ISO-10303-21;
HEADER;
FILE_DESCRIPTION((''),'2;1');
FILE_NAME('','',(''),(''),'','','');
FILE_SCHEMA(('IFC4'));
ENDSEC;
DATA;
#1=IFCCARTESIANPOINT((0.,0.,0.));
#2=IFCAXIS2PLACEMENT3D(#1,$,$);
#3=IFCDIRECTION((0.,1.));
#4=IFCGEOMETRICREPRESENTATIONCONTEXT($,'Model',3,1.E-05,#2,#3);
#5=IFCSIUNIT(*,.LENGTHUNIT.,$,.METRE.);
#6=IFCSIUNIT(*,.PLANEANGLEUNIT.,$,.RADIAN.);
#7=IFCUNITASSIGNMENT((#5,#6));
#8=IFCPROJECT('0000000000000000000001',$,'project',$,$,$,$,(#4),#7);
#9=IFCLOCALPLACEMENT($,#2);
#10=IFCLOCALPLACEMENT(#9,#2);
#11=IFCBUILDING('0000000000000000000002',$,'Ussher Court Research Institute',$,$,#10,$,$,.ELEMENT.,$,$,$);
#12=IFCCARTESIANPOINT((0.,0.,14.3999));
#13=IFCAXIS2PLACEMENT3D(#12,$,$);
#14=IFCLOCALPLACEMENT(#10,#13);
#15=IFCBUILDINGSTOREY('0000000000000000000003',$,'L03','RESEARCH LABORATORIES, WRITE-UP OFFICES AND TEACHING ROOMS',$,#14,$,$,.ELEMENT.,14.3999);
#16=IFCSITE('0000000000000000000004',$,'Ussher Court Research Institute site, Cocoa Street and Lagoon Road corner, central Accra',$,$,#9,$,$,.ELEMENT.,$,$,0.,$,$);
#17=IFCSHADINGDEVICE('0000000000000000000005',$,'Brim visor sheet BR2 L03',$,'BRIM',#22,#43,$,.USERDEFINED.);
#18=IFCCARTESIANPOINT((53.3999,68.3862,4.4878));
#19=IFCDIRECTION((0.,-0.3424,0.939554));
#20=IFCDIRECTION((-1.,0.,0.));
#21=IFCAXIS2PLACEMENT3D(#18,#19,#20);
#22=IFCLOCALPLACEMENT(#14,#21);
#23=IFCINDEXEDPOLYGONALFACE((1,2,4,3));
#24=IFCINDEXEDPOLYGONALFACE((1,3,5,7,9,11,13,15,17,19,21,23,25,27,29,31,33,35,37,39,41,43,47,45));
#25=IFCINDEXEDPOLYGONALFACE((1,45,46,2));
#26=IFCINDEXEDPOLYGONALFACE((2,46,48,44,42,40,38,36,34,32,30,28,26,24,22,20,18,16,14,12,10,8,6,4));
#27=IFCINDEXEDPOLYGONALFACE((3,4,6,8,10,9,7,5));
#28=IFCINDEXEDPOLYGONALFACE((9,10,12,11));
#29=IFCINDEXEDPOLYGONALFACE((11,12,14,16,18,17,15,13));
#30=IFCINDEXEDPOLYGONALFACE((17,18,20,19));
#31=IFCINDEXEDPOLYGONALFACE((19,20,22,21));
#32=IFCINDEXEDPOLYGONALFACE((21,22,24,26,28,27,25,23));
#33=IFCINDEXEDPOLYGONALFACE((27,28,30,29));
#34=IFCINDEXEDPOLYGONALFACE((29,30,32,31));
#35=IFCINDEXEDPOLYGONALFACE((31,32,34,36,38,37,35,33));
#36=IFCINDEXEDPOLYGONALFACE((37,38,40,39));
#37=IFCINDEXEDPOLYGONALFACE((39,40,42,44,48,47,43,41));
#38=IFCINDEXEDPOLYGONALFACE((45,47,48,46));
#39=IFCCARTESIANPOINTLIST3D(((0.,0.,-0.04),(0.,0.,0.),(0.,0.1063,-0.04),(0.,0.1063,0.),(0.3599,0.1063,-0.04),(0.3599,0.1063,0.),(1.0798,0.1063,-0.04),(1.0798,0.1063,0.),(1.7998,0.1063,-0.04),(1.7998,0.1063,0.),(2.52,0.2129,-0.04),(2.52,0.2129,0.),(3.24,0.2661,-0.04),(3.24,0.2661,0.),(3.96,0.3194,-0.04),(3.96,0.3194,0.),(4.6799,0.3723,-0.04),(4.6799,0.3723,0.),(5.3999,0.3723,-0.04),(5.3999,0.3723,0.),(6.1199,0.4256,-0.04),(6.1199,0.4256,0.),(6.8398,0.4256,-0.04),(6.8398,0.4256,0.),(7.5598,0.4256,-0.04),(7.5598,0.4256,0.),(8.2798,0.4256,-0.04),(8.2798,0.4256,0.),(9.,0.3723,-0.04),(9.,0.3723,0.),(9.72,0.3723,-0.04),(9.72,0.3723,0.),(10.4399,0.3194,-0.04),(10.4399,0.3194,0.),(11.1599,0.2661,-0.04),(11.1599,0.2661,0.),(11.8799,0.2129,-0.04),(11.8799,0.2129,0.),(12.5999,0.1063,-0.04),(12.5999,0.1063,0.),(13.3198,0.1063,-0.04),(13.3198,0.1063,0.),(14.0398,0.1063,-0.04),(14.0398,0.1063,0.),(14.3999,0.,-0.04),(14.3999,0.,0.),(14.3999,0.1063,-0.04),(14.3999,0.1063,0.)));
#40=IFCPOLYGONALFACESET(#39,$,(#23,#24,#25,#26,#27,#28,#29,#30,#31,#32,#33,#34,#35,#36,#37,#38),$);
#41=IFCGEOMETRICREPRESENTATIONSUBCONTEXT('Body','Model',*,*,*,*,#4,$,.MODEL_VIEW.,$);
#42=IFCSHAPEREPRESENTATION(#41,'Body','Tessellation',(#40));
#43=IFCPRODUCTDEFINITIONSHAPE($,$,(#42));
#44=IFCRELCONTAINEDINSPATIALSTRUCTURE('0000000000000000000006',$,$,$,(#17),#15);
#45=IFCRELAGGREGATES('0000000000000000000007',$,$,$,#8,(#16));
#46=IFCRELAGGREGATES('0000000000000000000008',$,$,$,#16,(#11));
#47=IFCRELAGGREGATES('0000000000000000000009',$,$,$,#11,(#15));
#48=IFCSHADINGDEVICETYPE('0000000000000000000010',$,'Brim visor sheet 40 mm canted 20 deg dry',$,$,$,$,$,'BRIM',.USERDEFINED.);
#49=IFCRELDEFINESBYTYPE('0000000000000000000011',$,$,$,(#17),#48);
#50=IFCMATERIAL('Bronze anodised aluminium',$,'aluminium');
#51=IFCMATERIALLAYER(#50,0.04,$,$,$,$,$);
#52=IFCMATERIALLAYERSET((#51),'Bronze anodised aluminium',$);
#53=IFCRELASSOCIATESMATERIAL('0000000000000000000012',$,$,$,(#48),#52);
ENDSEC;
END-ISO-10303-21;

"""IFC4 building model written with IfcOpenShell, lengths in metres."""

from ifc_helpers import new_model, si_unit, direction, frame, origin, place, context, subcontext, project, spatial, polyline, outline, extrude, material, layer, layer_set, type_object, element, save


model = new_model("IFC4")

# Units and contexts
model_context = context("Model", 3, precision=1e-05, world=origin(), true_north=direction((0.0, 1.0)))
body_context = subcontext(model_context, "Body", "Model", "MODEL_VIEW")
ifc_project = project(units=[si_unit("LENGTHUNIT", "METRE"), si_unit("PLANEANGLEUNIT", "RADIAN")], contexts=[model_context])

# Site, building, storey
site_placement = place(None, origin())
site = spatial("IfcSite", under=ifc_project, at=site_placement, Name="Ussher Court Research Institute site, Cocoa Street and Lagoon Road corner, central Accra", CompositionType="ELEMENT", RefElevation=0.0)
building_placement = place(site_placement, origin())
building = spatial("IfcBuilding", under=site, at=building_placement, Name="Ussher Court Research Institute", CompositionType="ELEMENT")
storey_placement = place(building_placement, frame((0.0, 0.0, 14.3999)))
storey = spatial("IfcBuildingStorey", under=building, at=storey_placement, Name="L03", Description="RESEARCH LABORATORIES, WRITE-UP OFFICES AND TEACHING ROOMS", CompositionType="ELEMENT", Elevation=14.3999)

# Shading device
ifc_material_1 = material(Name="Bronze anodised aluminium", Category="aluminium")
ifc_layer_1 = layer(ifc_material_1, 0.04)
ifc_layer_set_1 = layer_set([ifc_layer_1], Name="Bronze anodised aluminium")
shading_device_type_1 = type_object("IfcShadingDeviceType", Name="Brim visor sheet 40 mm canted 20 deg dry", ElementType="BRIM", PredefinedType="USERDEFINED", material=ifc_layer_set_1)
shading_device_placement = place(storey_placement, frame((53.3999, 68.3862, 4.4878), z_axis=(0.0, -0.3424, 0.939554), x_axis=(-1.0, 0.0, 0.0)))
element("IfcShadingDevice", 1, at=shading_device_placement, inside=storey, type_object=shading_device_type_1, Name="Brim visor sheet BR2 L03", ObjectType="BRIM", PredefinedType="USERDEFINED", context=body_context, shape_type="SweptSolid", body=[
    extrude(outline(polyline([(0.0, 0.0), (14.3999, 0.0), (14.3999, 0.1063), (14.0398, 0.1063), (13.3198, 0.1063), (12.5999, 0.1063), (11.8799, 0.2129), (11.1599, 0.2661), (10.4399, 0.3194), (9.72, 0.3723), (9.0, 0.3723), (8.2798, 0.4256), (7.5598, 0.4256), (6.8398, 0.4256), (6.1199, 0.4256), (5.3999, 0.3723), (4.6799, 0.3723), (3.96, 0.3194), (3.24, 0.2661), (2.52, 0.2129), (1.7998, 0.1063), (1.0798, 0.1063), (0.3599, 0.1063), (0.0, 0.1063), (0.0, 0.0)])), origin(), (0.0, 0.0, -1.0), 0.04),
])

save(model, "model.ifc")
